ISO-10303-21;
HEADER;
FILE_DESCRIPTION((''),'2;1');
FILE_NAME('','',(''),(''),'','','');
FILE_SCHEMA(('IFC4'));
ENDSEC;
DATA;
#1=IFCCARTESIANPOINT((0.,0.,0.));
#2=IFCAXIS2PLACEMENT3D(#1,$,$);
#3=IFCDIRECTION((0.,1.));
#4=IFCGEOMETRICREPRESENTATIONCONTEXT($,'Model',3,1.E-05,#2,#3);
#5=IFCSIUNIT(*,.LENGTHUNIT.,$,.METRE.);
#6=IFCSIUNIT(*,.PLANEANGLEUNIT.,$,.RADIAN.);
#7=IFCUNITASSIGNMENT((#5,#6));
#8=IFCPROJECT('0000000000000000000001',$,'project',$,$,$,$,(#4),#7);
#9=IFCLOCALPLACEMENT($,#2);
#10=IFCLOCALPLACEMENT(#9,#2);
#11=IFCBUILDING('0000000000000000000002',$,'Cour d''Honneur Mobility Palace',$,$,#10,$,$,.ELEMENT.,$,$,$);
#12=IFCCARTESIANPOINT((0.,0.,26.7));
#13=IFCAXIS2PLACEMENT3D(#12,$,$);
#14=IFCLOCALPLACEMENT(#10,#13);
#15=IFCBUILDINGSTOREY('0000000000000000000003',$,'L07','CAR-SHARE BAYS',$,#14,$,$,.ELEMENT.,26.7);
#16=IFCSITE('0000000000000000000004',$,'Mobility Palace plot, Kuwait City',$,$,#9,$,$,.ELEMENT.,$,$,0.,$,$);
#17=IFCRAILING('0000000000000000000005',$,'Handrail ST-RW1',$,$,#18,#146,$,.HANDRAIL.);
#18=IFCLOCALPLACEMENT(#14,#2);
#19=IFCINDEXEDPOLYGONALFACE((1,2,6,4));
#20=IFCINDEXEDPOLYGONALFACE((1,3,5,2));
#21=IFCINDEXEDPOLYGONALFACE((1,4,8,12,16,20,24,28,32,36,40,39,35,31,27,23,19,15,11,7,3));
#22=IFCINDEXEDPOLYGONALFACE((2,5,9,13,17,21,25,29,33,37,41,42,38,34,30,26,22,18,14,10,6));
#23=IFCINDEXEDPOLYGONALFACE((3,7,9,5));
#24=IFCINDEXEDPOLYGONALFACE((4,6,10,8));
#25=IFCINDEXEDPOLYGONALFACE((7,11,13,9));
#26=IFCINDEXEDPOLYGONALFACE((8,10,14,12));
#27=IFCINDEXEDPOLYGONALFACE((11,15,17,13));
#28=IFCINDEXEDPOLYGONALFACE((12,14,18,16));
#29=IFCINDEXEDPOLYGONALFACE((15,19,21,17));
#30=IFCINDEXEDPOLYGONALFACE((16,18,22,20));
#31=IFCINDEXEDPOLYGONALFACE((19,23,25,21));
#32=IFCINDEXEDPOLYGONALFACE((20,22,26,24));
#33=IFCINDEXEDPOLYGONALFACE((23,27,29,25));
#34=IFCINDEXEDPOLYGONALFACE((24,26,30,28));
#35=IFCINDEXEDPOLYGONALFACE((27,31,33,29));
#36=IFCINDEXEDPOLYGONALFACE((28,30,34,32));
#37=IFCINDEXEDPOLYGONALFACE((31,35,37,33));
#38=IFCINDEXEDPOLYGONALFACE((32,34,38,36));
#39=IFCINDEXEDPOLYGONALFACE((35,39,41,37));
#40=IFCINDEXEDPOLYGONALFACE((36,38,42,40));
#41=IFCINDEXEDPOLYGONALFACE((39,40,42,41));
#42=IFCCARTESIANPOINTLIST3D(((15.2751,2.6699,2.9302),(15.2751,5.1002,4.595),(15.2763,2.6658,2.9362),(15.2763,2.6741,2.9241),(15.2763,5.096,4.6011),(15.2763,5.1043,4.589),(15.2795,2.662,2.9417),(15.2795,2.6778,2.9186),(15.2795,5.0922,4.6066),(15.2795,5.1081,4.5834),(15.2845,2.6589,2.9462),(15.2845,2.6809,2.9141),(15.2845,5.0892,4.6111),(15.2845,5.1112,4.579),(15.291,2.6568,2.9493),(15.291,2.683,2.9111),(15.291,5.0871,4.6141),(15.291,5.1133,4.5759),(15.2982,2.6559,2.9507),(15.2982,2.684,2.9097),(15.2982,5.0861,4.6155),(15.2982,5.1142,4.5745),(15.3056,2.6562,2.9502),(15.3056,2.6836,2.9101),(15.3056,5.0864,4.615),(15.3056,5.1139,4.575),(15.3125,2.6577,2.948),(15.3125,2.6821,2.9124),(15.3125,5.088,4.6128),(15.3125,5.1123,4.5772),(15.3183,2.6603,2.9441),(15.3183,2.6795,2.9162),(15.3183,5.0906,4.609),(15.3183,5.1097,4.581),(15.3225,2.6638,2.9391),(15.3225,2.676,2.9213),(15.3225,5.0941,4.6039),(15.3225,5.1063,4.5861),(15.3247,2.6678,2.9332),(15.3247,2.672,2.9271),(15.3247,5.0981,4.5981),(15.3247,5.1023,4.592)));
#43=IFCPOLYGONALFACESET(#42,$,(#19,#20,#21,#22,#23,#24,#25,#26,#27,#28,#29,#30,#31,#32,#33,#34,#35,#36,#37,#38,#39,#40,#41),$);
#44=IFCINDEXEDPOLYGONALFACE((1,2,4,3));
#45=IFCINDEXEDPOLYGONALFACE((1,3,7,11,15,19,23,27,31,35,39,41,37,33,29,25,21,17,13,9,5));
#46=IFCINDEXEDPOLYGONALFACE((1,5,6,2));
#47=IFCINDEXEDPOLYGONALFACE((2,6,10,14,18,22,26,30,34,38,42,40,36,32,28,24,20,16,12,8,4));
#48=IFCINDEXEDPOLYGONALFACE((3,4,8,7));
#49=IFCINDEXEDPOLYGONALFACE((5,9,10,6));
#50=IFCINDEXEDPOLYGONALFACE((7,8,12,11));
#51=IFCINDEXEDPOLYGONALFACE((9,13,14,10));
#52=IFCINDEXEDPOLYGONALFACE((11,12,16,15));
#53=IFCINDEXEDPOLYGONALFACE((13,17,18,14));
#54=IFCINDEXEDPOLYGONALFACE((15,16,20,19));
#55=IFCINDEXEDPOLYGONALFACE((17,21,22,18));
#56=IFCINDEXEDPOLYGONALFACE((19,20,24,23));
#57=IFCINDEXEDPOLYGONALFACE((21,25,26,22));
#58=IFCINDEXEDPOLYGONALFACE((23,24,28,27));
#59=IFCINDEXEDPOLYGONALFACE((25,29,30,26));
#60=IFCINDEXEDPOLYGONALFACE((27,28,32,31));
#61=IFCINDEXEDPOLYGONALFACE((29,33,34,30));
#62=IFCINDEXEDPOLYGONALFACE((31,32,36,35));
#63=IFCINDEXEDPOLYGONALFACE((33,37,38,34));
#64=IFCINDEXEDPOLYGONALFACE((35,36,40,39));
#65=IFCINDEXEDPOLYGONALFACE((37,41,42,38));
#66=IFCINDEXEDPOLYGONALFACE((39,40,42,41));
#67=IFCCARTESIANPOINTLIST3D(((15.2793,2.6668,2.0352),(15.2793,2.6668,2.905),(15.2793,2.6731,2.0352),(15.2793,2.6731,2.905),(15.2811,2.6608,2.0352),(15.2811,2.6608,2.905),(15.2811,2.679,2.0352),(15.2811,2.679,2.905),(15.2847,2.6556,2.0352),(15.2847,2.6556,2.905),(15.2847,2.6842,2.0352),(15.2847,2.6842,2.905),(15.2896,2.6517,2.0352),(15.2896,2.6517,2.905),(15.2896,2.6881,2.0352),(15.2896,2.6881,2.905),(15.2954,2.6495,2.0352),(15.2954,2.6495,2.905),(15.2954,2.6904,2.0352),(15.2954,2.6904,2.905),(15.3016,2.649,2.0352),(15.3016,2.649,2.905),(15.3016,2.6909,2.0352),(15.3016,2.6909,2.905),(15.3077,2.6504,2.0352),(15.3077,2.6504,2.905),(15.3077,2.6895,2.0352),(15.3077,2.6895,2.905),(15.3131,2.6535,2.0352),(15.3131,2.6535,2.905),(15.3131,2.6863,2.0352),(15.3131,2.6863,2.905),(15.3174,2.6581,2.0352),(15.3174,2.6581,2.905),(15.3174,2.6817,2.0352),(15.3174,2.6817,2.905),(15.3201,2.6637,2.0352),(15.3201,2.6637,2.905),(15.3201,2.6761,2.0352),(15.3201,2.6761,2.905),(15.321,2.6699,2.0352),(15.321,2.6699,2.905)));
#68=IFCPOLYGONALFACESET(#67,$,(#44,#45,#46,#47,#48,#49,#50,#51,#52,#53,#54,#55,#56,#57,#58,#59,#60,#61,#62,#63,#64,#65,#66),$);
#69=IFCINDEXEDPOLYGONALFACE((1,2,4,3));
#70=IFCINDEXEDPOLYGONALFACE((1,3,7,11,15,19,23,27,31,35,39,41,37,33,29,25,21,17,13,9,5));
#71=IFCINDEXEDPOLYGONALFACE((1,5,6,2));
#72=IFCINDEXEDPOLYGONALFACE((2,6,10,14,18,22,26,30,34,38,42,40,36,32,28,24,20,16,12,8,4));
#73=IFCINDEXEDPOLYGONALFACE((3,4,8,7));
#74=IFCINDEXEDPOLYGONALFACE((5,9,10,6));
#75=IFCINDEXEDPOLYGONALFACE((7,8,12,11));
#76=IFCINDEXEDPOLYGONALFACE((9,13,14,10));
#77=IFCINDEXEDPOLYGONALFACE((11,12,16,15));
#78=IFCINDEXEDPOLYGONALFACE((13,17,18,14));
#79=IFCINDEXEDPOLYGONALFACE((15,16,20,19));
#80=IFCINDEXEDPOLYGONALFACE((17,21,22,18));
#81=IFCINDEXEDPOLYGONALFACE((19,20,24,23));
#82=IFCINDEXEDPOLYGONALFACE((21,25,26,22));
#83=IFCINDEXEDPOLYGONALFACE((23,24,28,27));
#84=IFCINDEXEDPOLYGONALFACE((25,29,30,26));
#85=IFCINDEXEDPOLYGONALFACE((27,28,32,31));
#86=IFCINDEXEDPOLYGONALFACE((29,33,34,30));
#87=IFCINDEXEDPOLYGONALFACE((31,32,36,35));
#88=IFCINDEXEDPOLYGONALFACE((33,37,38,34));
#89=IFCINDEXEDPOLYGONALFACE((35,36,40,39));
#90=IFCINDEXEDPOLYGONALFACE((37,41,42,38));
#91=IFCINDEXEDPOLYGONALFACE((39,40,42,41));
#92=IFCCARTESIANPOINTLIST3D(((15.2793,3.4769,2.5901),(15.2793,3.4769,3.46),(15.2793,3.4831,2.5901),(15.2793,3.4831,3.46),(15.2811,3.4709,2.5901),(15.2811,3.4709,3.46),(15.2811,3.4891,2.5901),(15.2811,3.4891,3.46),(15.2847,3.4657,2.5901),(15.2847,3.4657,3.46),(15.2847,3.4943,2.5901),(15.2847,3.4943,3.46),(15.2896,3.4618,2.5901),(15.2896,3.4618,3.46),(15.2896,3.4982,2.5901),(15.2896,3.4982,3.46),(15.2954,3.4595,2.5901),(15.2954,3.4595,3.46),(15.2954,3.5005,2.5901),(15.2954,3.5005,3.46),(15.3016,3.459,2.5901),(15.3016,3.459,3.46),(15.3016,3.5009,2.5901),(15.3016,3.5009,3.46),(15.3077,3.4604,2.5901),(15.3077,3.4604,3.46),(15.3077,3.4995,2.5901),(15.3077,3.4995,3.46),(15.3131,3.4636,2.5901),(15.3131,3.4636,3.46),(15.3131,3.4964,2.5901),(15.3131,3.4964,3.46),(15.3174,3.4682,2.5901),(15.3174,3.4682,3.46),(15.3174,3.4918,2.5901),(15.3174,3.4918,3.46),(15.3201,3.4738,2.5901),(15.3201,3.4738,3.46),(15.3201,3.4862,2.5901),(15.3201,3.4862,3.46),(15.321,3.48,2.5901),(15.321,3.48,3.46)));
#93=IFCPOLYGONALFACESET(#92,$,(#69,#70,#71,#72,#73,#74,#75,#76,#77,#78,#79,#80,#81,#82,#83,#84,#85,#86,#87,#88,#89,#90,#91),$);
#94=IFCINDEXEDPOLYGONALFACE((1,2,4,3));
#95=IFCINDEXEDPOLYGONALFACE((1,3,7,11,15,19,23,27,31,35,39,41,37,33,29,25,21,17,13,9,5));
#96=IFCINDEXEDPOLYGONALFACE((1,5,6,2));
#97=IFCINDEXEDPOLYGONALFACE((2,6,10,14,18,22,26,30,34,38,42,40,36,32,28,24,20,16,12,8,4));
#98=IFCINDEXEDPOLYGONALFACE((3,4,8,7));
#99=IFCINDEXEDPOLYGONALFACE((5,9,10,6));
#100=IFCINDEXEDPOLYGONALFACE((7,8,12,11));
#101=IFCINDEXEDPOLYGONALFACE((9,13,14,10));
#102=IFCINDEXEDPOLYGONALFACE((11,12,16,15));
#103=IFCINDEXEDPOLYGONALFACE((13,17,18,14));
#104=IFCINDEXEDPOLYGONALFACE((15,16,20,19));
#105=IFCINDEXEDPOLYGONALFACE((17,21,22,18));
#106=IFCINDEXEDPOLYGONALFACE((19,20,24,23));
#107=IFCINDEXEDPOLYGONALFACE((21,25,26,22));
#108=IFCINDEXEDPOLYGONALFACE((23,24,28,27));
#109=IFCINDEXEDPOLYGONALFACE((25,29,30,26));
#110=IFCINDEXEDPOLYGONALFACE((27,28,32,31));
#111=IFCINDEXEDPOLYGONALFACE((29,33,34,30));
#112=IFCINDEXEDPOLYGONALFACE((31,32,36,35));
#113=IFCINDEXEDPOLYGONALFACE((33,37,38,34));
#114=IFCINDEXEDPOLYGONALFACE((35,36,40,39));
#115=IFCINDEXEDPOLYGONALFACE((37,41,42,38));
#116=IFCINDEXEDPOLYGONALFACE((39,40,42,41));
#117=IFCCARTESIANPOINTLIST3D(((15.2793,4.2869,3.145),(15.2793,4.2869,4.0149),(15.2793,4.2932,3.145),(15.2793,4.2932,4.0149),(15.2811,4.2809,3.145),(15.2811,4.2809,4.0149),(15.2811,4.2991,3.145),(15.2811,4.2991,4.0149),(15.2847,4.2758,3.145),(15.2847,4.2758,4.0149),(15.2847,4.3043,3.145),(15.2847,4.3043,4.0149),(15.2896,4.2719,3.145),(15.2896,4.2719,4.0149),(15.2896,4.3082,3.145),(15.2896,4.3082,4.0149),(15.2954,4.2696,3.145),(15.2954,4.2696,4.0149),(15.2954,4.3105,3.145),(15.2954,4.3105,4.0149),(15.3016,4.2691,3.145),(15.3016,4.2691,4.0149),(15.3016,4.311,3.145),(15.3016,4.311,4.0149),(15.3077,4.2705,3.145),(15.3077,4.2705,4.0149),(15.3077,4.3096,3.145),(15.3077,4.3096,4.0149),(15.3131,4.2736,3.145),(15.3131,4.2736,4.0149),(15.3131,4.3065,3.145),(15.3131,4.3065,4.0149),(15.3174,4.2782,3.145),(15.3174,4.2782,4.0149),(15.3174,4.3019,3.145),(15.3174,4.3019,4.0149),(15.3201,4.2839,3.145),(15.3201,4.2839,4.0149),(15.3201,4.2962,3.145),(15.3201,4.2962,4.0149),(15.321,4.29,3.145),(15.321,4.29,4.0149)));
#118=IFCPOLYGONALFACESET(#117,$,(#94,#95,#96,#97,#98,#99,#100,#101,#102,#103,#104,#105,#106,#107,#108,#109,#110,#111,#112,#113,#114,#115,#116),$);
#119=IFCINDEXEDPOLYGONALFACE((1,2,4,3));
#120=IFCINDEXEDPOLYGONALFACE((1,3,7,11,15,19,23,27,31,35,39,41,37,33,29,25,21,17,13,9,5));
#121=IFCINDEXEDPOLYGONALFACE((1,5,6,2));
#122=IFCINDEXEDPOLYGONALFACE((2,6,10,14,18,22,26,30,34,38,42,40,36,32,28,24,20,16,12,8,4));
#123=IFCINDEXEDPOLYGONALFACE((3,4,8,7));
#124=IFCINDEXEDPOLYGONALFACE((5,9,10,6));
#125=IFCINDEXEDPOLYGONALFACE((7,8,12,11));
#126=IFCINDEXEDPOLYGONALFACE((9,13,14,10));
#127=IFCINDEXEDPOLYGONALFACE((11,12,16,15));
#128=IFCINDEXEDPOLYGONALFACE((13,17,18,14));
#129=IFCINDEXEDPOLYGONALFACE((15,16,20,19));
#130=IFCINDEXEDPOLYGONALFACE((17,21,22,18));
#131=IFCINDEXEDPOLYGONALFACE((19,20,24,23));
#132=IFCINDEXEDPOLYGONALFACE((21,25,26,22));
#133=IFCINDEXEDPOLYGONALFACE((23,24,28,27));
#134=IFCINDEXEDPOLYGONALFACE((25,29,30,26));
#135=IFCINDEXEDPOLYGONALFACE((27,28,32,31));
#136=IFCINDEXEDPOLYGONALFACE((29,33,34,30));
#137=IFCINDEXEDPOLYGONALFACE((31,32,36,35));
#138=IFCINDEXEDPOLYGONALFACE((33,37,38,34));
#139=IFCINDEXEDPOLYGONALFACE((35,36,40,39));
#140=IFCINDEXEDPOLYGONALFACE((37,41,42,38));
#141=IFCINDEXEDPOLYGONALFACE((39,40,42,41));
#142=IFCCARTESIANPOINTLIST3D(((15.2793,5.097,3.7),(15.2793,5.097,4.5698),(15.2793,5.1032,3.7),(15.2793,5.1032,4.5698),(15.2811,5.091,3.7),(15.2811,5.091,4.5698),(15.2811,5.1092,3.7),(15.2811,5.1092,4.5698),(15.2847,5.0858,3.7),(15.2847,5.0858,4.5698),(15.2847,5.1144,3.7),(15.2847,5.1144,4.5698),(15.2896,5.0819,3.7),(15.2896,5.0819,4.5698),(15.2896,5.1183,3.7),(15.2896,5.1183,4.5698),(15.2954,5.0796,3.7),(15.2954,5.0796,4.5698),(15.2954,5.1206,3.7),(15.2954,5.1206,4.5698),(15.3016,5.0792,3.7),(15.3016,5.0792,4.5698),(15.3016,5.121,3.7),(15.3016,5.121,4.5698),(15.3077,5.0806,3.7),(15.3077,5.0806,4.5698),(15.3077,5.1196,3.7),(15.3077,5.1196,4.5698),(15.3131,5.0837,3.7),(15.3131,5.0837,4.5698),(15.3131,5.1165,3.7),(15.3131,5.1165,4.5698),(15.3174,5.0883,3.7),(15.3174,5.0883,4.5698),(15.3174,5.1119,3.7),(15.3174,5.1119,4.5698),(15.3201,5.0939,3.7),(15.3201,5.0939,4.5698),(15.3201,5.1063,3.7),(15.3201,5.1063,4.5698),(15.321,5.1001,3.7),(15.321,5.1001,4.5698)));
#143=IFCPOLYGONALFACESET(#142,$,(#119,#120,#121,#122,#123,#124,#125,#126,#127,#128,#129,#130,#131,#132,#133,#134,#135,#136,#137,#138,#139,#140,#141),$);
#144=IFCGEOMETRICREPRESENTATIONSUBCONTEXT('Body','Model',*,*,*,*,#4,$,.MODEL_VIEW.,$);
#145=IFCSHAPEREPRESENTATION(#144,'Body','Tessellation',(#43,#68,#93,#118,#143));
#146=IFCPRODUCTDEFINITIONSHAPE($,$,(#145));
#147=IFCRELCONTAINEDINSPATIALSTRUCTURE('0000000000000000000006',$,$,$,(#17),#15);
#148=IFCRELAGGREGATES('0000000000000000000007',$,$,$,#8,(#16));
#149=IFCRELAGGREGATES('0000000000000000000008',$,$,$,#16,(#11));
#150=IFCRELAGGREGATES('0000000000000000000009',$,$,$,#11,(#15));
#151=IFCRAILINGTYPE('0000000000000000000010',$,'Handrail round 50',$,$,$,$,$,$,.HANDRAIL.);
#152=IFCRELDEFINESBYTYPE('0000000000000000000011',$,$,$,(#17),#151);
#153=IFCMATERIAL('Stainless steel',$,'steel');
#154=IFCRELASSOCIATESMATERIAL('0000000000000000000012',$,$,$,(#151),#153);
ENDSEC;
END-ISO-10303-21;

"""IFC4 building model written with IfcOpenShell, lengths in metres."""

from ifc_helpers import new_model, si_unit, direction, frame, origin, origin_2d, place, context, subcontext, project, spatial, circle, extrude, material, type_object, element, save


model = new_model("IFC4")

# Units and contexts
model_context = context("Model", 3, precision=1e-05, world=origin(), true_north=direction((0.0, 1.0)))
body_context = subcontext(model_context, "Body", "Model", "MODEL_VIEW")
ifc_project = project(units=[si_unit("LENGTHUNIT", "METRE"), si_unit("PLANEANGLEUNIT", "RADIAN")], contexts=[model_context])

# Site, building, storey
site_placement = place(None, origin())
site = spatial("IfcSite", under=ifc_project, at=site_placement, Name="Mobility Palace plot, Kuwait City", CompositionType="ELEMENT", RefElevation=0.0)
building_placement = place(site_placement, origin())
building = spatial("IfcBuilding", under=site, at=building_placement, Name="Cour d'Honneur Mobility Palace", CompositionType="ELEMENT")
storey_placement = place(building_placement, frame((0.0, 0.0, 26.7)))
storey = spatial("IfcBuildingStorey", under=building, at=storey_placement, Name="L07", Description="CAR-SHARE BAYS", CompositionType="ELEMENT", Elevation=26.7)

# Railing
ifc_material_1 = material(Name="Stainless steel", Category="steel")
railing_type_1 = type_object("IfcRailingType", Name="Handrail round 50", PredefinedType="HANDRAIL", material=ifc_material_1)
for number, where, name in (
    (1, (15.3, 2.6699, 2.0352), "Handrail ST-RW1"),
):
    element("IfcRailing", number, at=place(storey_placement, frame(where)), inside=storey, type_object=railing_type_1, Name=name, PredefinedType="HANDRAIL", context=body_context, shape_type="SweptSolid", body=[
        extrude(circle(Radius=0.0249, at=origin_2d()), frame((0.0, 0.0, 0.895), z_axis=(0.0, 0.824984, 0.565156), x_axis=(-1.0, 0.0, 0.0)), (0.0, 0.0, 1.0), 2.9458),
        extrude(circle(Radius=0.021, at=origin_2d()), origin(), (0.0, 0.0, 1.0), 0.8699),
        extrude(circle(Radius=0.021, at=origin_2d()), frame((0.0, 0.8101, 0.5549)), (0.0, 0.0, 1.0), 0.8699),
        extrude(circle(Radius=0.021, at=origin_2d()), frame((0.0, 1.6201, 1.1099)), (0.0, 0.0, 1.0), 0.8699),
        extrude(circle(Radius=0.021, at=origin_2d()), frame((0.0, 2.4302, 1.6648)), (0.0, 0.0, 1.0), 0.8699),
    ])

save(model, "model.ifc")
